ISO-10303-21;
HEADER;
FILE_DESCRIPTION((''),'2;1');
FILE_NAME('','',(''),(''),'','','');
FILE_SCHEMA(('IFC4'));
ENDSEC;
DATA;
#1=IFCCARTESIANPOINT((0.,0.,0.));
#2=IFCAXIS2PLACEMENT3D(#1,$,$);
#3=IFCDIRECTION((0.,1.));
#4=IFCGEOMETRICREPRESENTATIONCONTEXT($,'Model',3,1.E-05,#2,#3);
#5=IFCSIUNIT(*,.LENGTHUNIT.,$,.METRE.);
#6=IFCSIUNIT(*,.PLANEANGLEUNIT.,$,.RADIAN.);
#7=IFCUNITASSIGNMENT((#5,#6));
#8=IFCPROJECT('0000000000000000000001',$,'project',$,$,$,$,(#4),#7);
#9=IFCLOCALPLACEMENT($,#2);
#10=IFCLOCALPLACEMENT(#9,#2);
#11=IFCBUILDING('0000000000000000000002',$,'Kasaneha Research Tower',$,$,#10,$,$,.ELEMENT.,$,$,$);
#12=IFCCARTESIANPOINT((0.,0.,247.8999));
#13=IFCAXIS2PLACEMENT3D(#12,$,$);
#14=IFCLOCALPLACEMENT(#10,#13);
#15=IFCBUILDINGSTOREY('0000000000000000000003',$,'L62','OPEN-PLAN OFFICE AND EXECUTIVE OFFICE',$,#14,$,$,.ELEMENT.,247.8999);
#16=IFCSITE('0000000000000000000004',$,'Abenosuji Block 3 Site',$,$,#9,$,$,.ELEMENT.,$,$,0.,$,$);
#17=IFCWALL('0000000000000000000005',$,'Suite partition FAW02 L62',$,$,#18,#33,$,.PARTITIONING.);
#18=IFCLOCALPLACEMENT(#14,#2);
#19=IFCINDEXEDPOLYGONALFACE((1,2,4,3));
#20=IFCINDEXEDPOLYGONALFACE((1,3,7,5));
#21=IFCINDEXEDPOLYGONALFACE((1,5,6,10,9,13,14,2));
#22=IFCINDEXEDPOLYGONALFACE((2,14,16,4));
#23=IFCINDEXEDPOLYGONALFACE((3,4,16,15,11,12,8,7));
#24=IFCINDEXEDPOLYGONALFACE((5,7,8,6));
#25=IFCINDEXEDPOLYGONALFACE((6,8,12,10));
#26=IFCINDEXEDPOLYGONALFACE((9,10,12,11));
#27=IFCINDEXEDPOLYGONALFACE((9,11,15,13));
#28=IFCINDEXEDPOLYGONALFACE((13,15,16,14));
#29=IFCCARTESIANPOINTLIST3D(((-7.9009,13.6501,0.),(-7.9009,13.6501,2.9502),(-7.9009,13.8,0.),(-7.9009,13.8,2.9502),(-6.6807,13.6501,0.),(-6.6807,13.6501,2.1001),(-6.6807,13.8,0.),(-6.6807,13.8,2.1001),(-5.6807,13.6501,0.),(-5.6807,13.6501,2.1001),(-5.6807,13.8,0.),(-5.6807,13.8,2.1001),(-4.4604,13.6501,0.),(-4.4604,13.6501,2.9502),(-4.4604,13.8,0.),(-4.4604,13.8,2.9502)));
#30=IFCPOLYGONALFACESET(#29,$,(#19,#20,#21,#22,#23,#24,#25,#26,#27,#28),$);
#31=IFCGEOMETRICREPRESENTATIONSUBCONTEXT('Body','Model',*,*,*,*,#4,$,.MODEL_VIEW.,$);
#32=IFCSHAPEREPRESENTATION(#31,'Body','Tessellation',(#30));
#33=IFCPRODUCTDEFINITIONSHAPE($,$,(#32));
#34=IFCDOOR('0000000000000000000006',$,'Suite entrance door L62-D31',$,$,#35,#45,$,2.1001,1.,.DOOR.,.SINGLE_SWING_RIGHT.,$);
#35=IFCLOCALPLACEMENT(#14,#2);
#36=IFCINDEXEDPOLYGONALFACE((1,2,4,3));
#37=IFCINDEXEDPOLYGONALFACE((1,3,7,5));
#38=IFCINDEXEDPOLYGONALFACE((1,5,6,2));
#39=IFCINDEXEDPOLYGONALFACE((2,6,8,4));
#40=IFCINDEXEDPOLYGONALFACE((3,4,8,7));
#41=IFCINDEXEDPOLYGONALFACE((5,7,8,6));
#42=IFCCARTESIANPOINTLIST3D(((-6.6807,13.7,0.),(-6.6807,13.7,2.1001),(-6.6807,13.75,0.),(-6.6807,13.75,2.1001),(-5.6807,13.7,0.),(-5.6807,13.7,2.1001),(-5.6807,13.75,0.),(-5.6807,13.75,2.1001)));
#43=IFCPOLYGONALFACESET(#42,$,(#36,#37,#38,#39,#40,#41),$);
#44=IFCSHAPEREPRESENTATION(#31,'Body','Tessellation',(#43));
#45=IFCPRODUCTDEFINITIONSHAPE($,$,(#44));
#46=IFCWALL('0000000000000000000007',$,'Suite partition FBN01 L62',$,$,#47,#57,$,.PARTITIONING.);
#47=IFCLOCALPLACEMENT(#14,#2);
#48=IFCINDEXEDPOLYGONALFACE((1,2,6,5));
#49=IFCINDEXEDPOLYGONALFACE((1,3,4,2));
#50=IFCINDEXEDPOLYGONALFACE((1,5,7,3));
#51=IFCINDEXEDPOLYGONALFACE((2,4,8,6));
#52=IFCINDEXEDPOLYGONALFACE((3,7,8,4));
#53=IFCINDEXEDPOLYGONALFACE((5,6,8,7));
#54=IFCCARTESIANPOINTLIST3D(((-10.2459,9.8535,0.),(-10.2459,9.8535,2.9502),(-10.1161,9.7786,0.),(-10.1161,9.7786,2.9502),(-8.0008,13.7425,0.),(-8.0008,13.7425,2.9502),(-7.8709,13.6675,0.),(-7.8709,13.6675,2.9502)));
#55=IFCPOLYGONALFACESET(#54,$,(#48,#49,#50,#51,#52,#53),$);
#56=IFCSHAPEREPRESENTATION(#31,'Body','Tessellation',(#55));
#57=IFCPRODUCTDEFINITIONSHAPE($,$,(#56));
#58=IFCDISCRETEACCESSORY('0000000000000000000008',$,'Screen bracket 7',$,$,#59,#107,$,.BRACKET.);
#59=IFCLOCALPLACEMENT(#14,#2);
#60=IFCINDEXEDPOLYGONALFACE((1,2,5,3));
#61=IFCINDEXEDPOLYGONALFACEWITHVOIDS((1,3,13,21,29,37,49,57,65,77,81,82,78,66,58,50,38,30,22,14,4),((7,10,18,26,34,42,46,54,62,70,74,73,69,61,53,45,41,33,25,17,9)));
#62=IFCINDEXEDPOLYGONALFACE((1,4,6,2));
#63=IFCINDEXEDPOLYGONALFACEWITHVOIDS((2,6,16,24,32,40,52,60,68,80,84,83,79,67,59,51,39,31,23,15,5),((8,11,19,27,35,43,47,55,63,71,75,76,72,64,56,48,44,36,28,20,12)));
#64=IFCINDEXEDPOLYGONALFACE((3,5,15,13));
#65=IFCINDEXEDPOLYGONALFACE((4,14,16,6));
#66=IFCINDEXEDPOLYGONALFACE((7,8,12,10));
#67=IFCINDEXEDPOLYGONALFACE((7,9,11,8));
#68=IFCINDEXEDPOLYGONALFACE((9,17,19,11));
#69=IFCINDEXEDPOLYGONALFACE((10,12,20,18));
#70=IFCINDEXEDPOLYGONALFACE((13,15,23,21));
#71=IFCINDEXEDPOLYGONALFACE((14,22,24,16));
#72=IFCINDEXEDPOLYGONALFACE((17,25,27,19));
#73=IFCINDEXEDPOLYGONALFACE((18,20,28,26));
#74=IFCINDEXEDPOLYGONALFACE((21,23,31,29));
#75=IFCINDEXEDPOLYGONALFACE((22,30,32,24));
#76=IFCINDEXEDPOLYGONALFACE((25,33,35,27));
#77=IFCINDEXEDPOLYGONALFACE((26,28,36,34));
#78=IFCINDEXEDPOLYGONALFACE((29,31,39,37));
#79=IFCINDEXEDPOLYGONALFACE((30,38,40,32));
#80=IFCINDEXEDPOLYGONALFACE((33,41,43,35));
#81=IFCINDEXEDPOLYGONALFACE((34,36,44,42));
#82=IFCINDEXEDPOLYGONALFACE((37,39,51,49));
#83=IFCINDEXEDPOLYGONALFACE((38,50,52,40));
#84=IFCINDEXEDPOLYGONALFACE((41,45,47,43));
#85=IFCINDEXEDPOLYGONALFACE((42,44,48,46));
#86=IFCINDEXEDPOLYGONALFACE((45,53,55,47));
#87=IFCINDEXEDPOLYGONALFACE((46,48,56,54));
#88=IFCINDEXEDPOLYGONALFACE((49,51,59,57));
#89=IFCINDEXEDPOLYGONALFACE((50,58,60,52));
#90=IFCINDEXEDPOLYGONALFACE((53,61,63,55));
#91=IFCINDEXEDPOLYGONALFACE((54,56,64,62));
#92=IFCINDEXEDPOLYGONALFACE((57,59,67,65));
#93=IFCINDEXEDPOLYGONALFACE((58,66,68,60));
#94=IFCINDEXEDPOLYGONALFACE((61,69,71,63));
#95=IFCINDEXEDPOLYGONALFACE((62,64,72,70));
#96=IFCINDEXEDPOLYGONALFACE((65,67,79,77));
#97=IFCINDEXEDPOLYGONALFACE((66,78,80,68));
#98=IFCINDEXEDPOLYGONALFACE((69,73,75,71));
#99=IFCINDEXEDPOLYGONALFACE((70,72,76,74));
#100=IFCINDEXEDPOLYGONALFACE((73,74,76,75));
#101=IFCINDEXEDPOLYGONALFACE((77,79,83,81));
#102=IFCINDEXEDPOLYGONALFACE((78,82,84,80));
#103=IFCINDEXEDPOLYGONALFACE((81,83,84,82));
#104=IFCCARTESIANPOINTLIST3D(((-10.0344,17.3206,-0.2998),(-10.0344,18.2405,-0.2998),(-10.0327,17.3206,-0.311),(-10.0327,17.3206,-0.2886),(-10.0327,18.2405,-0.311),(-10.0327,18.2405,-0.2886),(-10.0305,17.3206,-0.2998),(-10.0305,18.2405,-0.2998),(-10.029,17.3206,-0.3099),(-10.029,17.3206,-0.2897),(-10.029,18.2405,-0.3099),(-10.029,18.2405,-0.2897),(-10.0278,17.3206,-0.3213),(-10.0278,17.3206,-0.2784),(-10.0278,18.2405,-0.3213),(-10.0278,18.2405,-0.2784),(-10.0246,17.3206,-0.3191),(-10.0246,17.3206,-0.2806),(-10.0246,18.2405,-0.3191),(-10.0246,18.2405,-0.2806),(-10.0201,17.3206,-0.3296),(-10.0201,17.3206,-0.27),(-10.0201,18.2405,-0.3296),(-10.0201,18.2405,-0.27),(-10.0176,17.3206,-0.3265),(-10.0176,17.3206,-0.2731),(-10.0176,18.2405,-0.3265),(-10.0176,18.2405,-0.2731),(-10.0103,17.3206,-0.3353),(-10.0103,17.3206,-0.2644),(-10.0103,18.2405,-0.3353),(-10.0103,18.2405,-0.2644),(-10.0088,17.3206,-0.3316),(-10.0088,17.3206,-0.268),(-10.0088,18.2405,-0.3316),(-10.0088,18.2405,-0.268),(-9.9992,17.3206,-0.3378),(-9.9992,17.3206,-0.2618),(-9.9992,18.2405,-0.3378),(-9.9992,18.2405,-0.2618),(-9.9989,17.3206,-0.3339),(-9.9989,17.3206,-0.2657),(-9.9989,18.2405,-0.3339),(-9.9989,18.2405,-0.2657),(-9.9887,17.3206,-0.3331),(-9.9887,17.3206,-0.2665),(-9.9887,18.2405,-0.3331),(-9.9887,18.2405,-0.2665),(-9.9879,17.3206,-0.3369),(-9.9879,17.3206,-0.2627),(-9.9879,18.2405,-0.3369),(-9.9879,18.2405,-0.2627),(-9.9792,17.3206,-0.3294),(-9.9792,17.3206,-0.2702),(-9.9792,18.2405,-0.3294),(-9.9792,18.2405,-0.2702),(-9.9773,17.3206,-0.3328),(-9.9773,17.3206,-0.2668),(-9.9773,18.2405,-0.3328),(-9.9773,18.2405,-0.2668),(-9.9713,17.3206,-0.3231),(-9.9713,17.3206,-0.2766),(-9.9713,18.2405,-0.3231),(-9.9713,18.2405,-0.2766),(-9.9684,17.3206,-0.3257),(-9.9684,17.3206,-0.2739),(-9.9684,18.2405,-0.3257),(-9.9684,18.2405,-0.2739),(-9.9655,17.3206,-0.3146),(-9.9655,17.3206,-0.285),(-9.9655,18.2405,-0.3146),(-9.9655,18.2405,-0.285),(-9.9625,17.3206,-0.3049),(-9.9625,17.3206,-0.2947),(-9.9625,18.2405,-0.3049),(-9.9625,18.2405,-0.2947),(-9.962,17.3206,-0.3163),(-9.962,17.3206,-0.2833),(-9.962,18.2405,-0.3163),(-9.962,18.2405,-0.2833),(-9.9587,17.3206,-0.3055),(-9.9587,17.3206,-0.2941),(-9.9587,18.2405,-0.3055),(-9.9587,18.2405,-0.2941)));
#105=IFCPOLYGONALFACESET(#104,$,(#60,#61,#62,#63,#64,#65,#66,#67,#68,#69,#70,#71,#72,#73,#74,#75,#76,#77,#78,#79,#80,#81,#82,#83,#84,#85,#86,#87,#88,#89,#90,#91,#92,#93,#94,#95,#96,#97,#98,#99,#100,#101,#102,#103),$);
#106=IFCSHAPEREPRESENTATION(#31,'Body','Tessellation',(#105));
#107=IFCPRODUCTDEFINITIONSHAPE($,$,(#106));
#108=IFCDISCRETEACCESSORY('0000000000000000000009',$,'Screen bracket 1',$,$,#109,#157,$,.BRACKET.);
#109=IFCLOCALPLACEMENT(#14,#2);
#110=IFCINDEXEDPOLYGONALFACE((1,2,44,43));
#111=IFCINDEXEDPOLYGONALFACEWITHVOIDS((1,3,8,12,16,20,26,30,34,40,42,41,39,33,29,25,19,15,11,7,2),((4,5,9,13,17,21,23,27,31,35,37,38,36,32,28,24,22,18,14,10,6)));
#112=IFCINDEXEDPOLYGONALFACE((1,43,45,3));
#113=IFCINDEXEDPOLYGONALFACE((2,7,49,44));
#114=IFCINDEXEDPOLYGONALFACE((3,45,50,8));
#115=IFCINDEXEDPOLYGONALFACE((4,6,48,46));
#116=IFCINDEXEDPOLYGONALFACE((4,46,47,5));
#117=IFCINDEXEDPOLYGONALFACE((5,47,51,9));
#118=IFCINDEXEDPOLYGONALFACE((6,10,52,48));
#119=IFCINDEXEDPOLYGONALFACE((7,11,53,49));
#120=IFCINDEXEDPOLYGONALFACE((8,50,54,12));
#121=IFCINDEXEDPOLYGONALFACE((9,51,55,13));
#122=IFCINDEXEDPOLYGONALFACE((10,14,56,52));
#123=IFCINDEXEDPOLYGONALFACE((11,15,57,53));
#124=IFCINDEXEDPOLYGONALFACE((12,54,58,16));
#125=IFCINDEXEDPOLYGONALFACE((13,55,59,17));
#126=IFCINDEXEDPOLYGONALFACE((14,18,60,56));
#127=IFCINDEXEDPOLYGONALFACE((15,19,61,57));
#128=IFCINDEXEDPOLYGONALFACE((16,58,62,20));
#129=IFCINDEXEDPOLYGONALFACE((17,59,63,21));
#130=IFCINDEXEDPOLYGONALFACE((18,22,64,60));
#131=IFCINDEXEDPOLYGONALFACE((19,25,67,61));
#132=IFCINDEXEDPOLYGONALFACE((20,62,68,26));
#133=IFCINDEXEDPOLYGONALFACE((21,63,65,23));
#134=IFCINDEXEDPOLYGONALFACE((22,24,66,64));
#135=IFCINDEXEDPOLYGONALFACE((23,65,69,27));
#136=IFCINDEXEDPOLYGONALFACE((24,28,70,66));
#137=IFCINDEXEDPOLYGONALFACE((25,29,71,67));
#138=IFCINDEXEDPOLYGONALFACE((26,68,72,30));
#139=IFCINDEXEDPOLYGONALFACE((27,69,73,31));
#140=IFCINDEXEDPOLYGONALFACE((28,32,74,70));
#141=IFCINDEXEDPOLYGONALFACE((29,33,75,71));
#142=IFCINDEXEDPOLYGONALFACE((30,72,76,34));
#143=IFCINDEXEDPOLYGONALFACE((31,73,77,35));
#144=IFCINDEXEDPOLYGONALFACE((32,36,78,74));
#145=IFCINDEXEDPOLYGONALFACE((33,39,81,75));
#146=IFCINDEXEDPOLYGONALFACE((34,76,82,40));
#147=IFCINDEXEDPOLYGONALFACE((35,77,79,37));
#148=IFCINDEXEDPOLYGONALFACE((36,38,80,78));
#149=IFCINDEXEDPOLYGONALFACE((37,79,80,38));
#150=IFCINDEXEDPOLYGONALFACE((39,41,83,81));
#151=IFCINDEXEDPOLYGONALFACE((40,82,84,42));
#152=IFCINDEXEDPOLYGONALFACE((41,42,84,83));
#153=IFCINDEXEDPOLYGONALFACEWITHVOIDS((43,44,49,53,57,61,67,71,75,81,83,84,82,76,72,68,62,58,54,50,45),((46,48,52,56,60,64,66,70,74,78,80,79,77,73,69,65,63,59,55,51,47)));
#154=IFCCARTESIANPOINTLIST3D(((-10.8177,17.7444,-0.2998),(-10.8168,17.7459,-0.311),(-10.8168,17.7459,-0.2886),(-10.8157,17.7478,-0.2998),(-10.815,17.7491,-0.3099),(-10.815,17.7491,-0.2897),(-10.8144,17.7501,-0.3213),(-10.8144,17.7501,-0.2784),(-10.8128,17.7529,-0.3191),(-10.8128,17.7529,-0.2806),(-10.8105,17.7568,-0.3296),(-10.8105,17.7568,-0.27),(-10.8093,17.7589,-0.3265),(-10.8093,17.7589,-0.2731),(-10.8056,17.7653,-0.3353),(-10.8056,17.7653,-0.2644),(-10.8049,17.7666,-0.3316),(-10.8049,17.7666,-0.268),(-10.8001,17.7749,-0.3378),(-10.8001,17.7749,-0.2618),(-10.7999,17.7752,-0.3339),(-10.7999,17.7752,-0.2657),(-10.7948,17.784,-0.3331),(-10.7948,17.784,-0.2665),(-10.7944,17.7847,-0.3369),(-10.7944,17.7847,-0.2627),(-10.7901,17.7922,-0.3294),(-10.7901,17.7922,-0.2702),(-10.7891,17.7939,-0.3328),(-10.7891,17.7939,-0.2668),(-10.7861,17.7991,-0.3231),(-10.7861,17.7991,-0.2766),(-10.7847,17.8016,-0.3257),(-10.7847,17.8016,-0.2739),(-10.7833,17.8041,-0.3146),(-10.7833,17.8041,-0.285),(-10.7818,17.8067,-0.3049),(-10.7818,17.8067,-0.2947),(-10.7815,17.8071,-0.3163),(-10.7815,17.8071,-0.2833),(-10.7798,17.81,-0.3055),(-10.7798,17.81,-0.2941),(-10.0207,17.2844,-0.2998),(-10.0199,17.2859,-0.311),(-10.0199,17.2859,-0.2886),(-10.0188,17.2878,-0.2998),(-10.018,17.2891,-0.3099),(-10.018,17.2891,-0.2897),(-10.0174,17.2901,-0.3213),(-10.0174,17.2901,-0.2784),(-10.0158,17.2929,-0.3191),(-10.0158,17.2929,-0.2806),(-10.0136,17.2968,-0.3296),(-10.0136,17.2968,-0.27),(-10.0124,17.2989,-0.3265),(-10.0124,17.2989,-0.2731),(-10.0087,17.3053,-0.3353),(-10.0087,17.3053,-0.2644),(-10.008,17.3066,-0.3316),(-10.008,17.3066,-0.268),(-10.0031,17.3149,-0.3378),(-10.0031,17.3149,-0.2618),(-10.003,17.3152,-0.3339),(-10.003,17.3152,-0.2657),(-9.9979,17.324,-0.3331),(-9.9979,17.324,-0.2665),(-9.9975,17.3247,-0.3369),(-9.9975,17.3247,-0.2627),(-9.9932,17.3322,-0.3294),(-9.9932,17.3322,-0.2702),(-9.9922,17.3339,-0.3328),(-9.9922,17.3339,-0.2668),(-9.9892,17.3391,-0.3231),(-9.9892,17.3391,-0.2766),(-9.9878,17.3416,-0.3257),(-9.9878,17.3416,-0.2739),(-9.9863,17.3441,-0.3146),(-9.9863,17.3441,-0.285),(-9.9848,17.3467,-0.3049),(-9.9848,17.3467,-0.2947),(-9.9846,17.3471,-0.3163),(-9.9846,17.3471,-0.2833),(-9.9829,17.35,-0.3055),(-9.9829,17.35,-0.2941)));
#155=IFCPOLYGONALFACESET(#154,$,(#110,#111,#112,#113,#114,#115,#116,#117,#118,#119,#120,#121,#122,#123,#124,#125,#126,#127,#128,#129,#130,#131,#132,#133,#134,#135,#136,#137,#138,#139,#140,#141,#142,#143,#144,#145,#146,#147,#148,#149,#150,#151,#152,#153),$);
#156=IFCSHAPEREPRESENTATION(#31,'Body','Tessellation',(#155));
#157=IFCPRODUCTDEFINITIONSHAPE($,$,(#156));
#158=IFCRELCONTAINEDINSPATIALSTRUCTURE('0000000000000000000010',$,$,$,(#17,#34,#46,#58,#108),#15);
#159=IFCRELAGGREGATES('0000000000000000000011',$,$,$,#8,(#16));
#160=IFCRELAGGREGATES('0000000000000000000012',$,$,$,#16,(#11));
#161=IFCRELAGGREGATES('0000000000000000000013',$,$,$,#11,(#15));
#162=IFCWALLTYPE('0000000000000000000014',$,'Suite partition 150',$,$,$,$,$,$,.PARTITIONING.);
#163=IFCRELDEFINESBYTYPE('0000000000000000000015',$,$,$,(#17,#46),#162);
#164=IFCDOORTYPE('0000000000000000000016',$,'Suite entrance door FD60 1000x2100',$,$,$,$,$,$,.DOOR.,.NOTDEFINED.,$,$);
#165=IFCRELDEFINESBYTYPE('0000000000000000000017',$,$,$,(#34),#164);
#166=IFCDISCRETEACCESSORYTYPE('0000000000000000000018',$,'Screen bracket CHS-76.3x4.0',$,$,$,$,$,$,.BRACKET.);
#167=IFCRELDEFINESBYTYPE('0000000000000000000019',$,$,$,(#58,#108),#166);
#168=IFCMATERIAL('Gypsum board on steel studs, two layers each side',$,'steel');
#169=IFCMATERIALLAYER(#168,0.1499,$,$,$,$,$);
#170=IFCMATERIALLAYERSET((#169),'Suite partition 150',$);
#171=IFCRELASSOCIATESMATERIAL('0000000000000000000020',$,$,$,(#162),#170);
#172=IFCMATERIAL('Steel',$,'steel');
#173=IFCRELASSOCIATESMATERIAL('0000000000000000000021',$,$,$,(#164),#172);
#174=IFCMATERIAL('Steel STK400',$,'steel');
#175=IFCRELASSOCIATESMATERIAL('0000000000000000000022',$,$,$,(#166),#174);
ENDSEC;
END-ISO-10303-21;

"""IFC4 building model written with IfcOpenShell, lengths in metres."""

from ifc_helpers import new_model, si_unit, direction, frame, frame_2d, origin, origin_2d, place, context, subcontext, project, spatial, rectangle, hollow_circle, extrude, material, layer, layer_set, material_profile, profile_set, type_object, element, fill, save


model = new_model("IFC4")

# Units and contexts
model_context = context("Model", 3, precision=1e-05, world=origin(), true_north=direction((0.0, 1.0)))
body_context = subcontext(model_context, "Body", "Model", "MODEL_VIEW")
ifc_project = project(units=[si_unit("LENGTHUNIT", "METRE"), si_unit("PLANEANGLEUNIT", "RADIAN")], contexts=[model_context])

# Site, building, storey
site_placement = place(None, origin())
site = spatial("IfcSite", under=ifc_project, at=site_placement, Name="Abenosuji Block 3 Site", CompositionType="ELEMENT", RefElevation=0.0)
building_placement = place(site_placement, origin())
building = spatial("IfcBuilding", under=site, at=building_placement, Name="Kasaneha Research Tower", CompositionType="ELEMENT")
storey_placement = place(building_placement, frame((0.0, 0.0, 247.8999)))
storey = spatial("IfcBuildingStorey", under=building, at=storey_placement, Name="L62", Description="OPEN-PLAN OFFICE AND EXECUTIVE OFFICE", CompositionType="ELEMENT", Elevation=247.8999)

# Wall, opening, door
ifc_material_1 = material(Name="Gypsum board on steel studs, two layers each side", Category="steel")
ifc_layer_1 = layer(ifc_material_1, 0.1499)
ifc_layer_set_1 = layer_set([ifc_layer_1], Name="Suite partition 150")
wall_type_1 = type_object("IfcWallType", Name="Suite partition 150", PredefinedType="PARTITIONING", material=ifc_layer_set_1)
wall_1_placement = place(storey_placement, frame((-7.9009, 13.7251, 0.0), z_axis=(0.0, 0.0, 1.0), x_axis=(1.0, 0.0, 0.0)))
wall_1 = element("IfcWall", 1, at=wall_1_placement, inside=storey, type_object=wall_type_1, Name="Suite partition FAW02 L62", PredefinedType="PARTITIONING", context=body_context, shape_type="SweptSolid", body=[
    extrude(rectangle(XDim=3.4404, YDim=0.1499, at=frame_2d((1.7202, 0.0))), origin(), (0.0, 0.0, 1.0), 2.9502),
])
opening_1_placement = place(wall_1_placement, frame((1.2202, 0.0, 0.0)))
opening_1 = element("IfcOpeningElement", 2, at=opening_1_placement, cuts=wall_1, PredefinedType="OPENING", context=body_context, shape_type="SweptSolid", body=[
    extrude(rectangle(XDim=1.0, YDim=2.1001, at=frame_2d((0.5, 1.05))), frame((0.0, 0.085, 0.0), z_axis=(0.0, -1.0, 0.0), x_axis=(1.0, 0.0, 0.0)), (0.0, 0.0, 1.0), 0.1699),
])
ifc_material_2 = material(Name="Steel", Category="steel")
door_type_1 = type_object("IfcDoorType", Name="Suite entrance door FD60 1000x2100", OperationType="NOTDEFINED", PredefinedType="DOOR", material=ifc_material_2)
door_1_placement = place(opening_1_placement, origin())
door_1 = element("IfcDoor", 3, at=door_1_placement, inside=storey, type_object=door_type_1, Name="Suite entrance door L62-D31", OperationType="SINGLE_SWING_RIGHT", OverallHeight=2.1001, OverallWidth=1.0, PredefinedType="DOOR", context=body_context, shape_type="SweptSolid", body=[
    extrude(rectangle(XDim=1.0, YDim=2.1001, at=frame_2d((0.5, 1.05))), frame((0.0, 0.0249, 0.0), z_axis=(0.0, -1.0, 0.0), x_axis=(1.0, 0.0, 0.0)), (0.0, 0.0, 1.0), 0.05),
])
fill(opening_1, door_1)

# Wall
wall_2_placement = place(storey_placement, frame((-10.1809, 9.8162, 0.0), z_axis=(0.0, 0.0, 1.0), x_axis=(0.499975, 0.86604, 0.0)))
element("IfcWall", 4, at=wall_2_placement, inside=storey, type_object=wall_type_1, Name="Suite partition FBN01 L62", PredefinedType="PARTITIONING", context=body_context, shape_type="SweptSolid", body=[
    extrude(rectangle(XDim=4.4905, YDim=0.1499, at=frame_2d((2.2451, 0.0))), origin(), (0.0, 0.0, 1.0), 2.9502),
])

# Discrete accessories
ifc_material_3 = material(Name="Steel STK400", Category="steel")
ifc_material_profile_1 = material_profile(ifc_material_3, hollow_circle(Radius=0.0381, WallThickness=0.0039, at=origin_2d()), Name="CHS-76.3x4.0")
ifc_profile_set_1 = profile_set([ifc_material_profile_1], Name="Steel STK400")
discrete_accessory_type = type_object("IfcDiscreteAccessoryType", Name="Screen bracket CHS-76.3x4.0", PredefinedType="BRACKET", material=ifc_profile_set_1)
discrete_accessory_1_placement = place(storey_placement, frame((-9.9963, 17.3206, -0.2998), z_axis=(0.0, 1.0, 0.0), x_axis=(-1.0, 0.0, 0.0)))
element("IfcDiscreteAccessory", 5, at=discrete_accessory_1_placement, inside=storey, type_object=discrete_accessory_type, Name="Screen bracket 7", PredefinedType="BRACKET", context=body_context, shape_type="SweptSolid", body=[
    extrude(hollow_circle(Radius=0.0381, WallThickness=0.0039, at=origin_2d()), origin(), (0.0, 0.0, 1.0), 0.9199),
])
discrete_accessory_2_placement = place(storey_placement, frame((-10.0017, 17.3174, -0.2998), z_axis=(-0.86608, 0.499906, 0.0), x_axis=(-0.499906, -0.86608, 0.0)))
element("IfcDiscreteAccessory", 6, at=discrete_accessory_2_placement, inside=storey, type_object=discrete_accessory_type, Name="Screen bracket 1", PredefinedType="BRACKET", context=body_context, shape_type="SweptSolid", body=[
    extrude(hollow_circle(Radius=0.0381, WallThickness=0.0039, at=origin_2d()), origin(), (0.0, 0.0, 1.0), 0.9202),
])

save(model, "model.ifc")
